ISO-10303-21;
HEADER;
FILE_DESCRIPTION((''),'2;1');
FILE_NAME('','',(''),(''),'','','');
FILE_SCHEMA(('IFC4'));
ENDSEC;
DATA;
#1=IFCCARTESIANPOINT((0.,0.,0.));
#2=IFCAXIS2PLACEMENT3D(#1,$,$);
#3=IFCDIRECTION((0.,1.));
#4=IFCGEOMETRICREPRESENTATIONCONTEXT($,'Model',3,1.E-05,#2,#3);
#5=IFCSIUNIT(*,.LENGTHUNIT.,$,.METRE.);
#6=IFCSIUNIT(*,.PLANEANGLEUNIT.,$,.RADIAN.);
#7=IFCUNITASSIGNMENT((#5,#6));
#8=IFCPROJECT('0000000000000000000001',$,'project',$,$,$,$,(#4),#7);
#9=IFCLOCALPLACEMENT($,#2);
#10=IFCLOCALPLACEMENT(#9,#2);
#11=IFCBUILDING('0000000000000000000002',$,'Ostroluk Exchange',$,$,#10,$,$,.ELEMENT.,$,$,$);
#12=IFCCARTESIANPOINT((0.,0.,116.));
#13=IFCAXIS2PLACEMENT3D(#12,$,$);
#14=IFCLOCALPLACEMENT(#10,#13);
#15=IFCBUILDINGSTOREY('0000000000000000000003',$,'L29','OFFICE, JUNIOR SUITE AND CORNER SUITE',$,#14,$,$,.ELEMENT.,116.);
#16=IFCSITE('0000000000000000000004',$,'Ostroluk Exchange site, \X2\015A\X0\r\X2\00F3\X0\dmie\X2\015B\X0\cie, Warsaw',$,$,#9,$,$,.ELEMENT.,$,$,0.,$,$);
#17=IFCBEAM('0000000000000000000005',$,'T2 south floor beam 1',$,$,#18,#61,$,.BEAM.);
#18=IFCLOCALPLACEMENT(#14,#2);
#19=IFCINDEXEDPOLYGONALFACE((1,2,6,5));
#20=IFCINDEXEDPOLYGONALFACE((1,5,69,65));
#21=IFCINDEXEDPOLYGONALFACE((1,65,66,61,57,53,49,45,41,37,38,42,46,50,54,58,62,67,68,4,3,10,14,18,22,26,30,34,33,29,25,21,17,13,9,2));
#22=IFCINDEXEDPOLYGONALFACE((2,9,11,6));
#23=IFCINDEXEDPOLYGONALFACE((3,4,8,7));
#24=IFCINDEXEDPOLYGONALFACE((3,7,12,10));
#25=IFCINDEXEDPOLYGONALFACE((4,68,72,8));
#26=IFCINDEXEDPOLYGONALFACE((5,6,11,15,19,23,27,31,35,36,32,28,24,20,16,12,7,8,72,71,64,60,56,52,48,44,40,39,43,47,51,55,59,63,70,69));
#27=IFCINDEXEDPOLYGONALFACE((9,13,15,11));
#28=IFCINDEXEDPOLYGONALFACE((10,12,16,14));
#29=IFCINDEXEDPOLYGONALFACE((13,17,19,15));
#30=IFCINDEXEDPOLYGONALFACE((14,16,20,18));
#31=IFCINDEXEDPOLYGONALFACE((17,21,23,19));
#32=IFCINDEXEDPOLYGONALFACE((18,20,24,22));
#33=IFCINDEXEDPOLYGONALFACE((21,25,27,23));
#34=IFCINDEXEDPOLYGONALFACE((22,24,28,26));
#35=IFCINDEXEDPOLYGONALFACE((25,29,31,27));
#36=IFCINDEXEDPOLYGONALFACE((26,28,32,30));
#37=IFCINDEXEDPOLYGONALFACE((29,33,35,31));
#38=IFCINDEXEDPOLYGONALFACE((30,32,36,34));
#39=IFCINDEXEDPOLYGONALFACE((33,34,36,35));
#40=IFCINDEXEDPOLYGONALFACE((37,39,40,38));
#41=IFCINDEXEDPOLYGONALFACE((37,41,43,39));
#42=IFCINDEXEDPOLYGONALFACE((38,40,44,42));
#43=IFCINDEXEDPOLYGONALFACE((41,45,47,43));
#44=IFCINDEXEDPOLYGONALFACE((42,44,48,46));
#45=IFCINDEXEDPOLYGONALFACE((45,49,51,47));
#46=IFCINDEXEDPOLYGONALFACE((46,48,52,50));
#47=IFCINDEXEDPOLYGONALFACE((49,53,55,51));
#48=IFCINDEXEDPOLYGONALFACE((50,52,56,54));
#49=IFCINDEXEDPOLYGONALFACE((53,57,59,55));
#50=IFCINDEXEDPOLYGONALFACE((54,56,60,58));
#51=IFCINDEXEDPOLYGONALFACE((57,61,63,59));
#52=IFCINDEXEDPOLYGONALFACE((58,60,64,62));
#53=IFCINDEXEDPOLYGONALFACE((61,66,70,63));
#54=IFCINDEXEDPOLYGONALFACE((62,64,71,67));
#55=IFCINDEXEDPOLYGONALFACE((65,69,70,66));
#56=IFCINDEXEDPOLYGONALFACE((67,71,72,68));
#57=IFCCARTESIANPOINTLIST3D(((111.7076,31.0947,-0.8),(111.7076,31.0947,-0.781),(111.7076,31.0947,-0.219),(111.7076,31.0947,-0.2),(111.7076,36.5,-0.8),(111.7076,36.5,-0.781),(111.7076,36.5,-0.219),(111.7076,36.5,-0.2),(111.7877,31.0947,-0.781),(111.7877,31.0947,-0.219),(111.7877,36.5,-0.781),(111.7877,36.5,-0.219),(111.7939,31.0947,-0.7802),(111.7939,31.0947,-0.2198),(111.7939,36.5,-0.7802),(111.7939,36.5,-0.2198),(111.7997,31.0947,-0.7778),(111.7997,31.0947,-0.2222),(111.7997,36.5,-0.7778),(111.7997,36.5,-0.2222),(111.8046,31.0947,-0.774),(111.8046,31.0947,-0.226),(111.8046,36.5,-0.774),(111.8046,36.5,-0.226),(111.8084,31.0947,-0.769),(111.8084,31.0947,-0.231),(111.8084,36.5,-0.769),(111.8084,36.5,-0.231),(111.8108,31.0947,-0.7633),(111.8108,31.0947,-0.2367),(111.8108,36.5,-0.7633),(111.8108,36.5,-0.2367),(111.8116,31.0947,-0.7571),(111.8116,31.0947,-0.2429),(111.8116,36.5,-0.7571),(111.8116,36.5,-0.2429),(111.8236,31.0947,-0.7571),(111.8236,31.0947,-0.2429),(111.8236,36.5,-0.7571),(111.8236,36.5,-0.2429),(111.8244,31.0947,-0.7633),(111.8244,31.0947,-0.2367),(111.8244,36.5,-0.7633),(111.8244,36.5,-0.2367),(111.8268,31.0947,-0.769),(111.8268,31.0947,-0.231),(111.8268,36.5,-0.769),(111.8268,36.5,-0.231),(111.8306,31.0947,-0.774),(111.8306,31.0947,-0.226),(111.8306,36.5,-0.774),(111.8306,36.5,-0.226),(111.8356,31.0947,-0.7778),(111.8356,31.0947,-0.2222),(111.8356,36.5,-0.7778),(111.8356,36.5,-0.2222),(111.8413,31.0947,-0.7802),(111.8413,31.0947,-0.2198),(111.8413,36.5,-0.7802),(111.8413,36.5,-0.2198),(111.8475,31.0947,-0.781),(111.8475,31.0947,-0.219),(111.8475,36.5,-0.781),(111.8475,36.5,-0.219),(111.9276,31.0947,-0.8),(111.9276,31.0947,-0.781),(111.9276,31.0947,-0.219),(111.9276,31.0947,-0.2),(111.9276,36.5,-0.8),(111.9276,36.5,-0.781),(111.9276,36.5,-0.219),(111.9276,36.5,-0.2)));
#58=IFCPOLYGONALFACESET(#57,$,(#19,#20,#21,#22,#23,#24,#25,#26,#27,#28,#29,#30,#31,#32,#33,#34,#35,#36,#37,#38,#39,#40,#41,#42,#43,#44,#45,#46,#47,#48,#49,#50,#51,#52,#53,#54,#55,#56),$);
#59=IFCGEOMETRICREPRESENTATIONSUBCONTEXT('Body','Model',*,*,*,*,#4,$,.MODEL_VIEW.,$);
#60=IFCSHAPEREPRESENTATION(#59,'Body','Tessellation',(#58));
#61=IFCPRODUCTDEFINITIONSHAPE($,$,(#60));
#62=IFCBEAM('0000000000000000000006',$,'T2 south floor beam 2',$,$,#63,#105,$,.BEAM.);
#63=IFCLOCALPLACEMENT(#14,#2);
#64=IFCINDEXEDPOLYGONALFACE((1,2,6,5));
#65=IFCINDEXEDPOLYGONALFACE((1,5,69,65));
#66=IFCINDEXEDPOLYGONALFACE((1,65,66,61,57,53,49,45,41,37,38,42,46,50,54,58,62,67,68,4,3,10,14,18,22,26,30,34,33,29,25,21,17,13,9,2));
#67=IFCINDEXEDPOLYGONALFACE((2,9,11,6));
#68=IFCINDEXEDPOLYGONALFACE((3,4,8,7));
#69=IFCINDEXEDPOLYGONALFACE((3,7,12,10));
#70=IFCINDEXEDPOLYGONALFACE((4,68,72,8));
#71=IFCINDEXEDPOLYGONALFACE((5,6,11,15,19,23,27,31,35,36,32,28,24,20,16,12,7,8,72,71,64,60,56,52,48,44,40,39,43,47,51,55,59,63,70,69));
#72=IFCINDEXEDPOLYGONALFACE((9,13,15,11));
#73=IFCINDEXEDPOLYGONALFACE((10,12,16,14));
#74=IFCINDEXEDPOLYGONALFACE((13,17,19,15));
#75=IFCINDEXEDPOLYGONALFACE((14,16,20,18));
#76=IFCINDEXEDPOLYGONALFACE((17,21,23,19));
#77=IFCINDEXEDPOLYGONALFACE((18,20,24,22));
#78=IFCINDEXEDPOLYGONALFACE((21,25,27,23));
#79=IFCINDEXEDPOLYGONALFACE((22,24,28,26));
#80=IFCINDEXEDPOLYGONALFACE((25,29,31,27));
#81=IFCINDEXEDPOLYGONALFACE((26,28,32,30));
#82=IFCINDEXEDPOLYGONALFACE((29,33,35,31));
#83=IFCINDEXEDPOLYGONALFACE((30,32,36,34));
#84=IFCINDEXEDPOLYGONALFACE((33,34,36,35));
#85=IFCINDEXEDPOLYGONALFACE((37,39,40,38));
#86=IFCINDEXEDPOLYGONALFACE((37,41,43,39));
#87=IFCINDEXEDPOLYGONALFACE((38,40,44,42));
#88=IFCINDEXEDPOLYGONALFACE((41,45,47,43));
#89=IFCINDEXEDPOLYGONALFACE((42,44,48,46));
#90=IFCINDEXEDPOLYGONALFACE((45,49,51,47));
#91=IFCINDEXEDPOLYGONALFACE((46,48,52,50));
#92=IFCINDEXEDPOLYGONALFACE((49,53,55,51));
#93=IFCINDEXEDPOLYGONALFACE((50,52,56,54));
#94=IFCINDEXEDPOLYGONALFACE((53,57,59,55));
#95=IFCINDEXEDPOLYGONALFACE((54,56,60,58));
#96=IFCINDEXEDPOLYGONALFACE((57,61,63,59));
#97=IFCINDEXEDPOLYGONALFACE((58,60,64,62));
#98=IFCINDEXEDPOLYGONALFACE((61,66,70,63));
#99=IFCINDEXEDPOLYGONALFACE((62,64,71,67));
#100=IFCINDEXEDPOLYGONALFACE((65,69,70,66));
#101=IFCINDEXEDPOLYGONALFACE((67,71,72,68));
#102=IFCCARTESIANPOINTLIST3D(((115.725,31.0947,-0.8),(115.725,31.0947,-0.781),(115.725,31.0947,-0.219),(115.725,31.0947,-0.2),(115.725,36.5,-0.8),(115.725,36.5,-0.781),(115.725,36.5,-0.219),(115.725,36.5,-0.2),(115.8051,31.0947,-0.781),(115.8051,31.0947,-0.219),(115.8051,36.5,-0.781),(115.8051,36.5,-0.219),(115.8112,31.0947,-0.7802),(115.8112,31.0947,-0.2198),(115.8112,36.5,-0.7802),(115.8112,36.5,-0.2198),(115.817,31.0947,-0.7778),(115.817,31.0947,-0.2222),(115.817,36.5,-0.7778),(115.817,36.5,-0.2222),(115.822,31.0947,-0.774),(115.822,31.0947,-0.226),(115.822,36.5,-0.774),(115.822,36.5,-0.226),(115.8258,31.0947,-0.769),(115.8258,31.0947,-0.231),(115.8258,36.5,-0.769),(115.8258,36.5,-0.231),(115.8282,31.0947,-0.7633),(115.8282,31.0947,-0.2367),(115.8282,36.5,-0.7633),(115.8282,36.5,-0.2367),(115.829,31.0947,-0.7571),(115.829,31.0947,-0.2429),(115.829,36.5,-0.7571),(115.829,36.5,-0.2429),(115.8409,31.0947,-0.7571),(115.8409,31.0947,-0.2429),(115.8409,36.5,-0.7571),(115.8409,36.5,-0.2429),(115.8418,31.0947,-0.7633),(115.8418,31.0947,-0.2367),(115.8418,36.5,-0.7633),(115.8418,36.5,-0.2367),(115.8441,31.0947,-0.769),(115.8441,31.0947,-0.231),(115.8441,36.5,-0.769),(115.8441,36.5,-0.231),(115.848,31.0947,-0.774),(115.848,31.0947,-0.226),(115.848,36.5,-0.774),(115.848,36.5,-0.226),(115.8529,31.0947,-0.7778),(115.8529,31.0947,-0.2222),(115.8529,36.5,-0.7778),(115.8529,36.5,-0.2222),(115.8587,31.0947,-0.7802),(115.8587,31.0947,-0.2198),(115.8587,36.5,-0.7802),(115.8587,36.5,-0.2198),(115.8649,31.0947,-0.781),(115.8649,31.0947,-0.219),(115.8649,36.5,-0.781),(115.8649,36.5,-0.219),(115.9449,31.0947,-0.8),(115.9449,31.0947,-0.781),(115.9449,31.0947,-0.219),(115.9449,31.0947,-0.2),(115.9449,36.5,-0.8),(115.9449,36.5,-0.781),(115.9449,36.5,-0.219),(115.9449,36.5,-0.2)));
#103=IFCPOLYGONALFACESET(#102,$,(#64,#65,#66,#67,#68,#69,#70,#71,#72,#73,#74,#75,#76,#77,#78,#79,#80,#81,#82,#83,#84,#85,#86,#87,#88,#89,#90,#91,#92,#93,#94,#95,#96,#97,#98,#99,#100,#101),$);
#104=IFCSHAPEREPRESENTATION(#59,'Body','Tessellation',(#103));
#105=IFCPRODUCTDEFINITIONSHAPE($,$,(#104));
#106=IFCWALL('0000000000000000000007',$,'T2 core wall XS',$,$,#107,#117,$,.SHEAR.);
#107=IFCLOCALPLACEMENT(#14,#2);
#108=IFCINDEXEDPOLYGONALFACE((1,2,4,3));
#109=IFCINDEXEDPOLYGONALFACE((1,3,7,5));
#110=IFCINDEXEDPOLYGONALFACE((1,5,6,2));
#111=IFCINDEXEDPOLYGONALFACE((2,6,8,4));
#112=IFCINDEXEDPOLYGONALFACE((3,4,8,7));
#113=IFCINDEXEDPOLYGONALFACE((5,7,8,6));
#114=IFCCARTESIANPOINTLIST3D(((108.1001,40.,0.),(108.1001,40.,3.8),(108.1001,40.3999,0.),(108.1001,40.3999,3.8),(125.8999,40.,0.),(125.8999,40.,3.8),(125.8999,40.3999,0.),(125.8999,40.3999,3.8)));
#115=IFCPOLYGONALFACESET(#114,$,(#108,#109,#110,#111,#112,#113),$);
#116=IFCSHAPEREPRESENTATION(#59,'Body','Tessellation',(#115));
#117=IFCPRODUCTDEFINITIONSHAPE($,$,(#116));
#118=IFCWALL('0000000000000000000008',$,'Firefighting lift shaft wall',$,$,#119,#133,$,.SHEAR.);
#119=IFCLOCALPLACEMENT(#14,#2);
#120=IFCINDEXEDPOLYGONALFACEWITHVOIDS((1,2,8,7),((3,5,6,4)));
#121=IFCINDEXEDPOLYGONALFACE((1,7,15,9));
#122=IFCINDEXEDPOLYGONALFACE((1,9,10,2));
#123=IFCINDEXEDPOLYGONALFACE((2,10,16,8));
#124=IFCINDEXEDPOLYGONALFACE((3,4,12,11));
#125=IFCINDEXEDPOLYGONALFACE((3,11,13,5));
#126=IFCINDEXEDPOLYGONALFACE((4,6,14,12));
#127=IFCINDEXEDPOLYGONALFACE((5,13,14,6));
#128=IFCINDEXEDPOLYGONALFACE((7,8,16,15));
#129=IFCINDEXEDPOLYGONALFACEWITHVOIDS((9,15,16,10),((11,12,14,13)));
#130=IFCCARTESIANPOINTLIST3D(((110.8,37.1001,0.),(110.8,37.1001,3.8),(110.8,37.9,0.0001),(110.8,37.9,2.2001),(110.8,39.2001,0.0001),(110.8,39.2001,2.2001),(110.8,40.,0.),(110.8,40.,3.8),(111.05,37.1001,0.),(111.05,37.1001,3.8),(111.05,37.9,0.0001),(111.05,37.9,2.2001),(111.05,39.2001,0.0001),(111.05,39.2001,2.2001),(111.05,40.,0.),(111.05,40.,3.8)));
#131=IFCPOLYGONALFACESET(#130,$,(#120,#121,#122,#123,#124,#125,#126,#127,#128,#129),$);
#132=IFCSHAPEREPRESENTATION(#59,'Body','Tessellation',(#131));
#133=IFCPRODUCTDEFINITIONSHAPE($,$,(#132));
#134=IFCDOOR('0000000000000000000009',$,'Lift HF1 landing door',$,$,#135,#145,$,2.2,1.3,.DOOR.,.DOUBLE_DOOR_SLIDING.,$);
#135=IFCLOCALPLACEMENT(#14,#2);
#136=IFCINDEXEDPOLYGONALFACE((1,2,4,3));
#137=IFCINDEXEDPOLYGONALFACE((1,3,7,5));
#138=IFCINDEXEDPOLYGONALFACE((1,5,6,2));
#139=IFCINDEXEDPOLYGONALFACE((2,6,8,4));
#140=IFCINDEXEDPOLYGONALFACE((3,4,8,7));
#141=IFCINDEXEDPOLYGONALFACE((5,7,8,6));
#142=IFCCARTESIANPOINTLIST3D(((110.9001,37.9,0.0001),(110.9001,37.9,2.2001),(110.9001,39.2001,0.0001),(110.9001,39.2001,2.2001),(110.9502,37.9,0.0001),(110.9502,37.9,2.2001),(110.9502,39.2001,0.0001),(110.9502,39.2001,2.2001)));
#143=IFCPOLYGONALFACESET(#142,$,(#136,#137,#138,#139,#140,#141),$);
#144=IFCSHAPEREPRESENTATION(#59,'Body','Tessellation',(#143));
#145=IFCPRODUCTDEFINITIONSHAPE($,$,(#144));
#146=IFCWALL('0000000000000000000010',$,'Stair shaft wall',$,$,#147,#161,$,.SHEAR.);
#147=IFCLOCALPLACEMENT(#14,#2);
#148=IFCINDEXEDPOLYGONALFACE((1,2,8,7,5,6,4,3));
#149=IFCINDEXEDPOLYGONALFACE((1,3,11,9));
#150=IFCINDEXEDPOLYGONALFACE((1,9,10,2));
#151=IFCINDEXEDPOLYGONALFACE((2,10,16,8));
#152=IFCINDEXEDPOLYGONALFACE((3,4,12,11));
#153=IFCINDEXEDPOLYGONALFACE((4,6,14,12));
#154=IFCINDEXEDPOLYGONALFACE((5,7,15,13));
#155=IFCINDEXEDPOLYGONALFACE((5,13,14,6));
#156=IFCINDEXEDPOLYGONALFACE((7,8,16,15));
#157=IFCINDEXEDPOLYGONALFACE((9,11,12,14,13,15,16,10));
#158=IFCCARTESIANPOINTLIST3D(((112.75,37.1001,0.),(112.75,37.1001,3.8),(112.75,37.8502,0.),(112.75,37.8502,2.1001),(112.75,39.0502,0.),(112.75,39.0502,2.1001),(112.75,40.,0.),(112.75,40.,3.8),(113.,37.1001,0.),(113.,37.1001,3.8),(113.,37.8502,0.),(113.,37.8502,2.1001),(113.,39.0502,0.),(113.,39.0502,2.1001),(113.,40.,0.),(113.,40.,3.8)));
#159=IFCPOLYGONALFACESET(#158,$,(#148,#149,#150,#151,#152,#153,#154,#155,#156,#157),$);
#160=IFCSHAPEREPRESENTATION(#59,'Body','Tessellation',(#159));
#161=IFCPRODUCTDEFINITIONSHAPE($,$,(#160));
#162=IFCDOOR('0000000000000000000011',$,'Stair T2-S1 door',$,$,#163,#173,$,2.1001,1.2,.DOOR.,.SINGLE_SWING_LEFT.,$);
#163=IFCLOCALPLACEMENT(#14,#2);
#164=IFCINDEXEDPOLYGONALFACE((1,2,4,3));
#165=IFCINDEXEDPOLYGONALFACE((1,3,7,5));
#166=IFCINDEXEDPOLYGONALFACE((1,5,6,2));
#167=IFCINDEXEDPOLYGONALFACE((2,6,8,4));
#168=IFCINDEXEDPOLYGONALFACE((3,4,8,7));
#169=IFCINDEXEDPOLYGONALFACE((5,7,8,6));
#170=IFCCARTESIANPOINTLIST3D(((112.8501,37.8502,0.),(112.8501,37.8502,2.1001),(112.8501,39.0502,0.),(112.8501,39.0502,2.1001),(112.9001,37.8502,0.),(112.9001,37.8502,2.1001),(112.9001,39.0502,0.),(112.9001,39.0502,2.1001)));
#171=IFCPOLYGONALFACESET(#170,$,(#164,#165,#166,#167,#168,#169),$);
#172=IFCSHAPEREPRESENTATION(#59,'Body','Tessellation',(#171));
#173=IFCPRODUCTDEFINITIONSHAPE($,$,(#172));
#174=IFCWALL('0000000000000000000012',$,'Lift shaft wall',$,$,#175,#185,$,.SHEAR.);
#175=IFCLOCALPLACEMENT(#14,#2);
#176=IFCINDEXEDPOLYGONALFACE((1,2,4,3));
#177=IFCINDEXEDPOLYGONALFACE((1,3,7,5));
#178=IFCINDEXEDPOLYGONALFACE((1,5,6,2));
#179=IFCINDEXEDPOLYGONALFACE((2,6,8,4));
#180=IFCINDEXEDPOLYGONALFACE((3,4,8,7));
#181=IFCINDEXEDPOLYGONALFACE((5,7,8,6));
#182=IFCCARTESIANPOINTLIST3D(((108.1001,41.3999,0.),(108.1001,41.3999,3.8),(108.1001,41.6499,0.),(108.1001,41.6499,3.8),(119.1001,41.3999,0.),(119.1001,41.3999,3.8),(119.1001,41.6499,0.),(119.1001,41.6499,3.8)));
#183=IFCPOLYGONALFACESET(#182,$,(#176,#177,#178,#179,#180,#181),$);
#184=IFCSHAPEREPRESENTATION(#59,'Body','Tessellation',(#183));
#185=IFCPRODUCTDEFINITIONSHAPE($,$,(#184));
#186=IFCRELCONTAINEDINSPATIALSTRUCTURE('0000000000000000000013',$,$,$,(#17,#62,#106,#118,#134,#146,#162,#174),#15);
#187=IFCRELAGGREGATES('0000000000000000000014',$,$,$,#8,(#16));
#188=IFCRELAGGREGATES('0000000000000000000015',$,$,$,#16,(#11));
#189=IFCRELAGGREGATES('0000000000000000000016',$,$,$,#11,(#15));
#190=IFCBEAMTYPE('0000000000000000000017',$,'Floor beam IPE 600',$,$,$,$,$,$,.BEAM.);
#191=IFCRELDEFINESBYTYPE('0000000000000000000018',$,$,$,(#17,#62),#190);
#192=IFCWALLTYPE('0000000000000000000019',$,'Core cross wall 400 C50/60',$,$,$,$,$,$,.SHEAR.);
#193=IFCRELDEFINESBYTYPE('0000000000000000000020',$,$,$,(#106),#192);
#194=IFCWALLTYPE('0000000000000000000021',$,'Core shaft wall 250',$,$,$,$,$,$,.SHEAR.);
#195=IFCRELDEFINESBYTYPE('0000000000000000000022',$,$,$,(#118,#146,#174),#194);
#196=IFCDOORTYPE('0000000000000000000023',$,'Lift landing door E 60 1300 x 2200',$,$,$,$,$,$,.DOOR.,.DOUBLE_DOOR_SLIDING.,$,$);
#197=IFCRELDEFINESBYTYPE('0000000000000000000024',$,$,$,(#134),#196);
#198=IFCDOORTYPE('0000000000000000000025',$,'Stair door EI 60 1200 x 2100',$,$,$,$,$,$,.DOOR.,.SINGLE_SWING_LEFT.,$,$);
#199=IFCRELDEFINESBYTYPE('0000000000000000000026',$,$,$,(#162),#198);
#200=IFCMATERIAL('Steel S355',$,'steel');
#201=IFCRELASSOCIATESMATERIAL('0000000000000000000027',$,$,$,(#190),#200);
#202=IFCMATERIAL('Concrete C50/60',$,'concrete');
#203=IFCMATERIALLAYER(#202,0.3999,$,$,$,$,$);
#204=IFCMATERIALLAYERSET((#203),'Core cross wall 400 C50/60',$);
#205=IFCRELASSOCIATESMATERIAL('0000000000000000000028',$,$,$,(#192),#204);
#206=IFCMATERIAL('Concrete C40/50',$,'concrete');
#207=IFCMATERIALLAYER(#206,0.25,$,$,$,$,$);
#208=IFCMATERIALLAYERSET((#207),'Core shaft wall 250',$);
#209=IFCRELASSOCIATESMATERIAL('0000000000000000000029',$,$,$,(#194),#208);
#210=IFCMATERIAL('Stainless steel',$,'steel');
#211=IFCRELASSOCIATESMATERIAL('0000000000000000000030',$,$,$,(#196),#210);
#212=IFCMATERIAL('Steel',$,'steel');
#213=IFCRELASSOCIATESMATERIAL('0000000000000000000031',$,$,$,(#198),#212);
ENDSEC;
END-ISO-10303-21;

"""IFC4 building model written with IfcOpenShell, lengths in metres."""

from ifc_helpers import new_model, si_unit, direction, frame, frame_2d, origin, origin_2d, place, context, subcontext, project, spatial, rectangle, i_section, extrude, material, layer, layer_set, material_profile, profile_set, type_object, element, fill, save


model = new_model("IFC4")

# Units and contexts
model_context = context("Model", 3, precision=1e-05, world=origin(), true_north=direction((0.0, 1.0)))
body_context = subcontext(model_context, "Body", "Model", "MODEL_VIEW")
ifc_project = project(units=[si_unit("LENGTHUNIT", "METRE"), si_unit("PLANEANGLEUNIT", "RADIAN")], contexts=[model_context])

# Site, building, storey
site_placement = place(None, origin())
site = spatial("IfcSite", under=ifc_project, at=site_placement, Name="Ostroluk Exchange site, Śródmieście, Warsaw", CompositionType="ELEMENT", RefElevation=0.0)
building_placement = place(site_placement, origin())
building = spatial("IfcBuilding", under=site, at=building_placement, Name="Ostroluk Exchange", CompositionType="ELEMENT")
storey_placement = place(building_placement, frame((0.0, 0.0, 116.0)))
storey = spatial("IfcBuildingStorey", under=building, at=storey_placement, Name="L29", Description="OFFICE, JUNIOR SUITE AND CORNER SUITE", CompositionType="ELEMENT", Elevation=116.0)

# Beams
ifc_material_1 = material(Name="Steel S355", Category="steel")
ifc_material_profile = material_profile(ifc_material_1, i_section(OverallWidth=0.22, OverallDepth=0.6001, WebThickness=0.012, FlangeThickness=0.019, FilletRadius=0.0239, at=origin_2d()), Name="IPE 600")
ifc_profile_set = profile_set([ifc_material_profile], Name="Steel S355")
beam_type = type_object("IfcBeamType", Name="Floor beam IPE 600", PredefinedType="BEAM", material=ifc_profile_set)
for number, where, z_axis, x_axis, name in (
    (1, (111.8176, 36.5, -0.5), (0.0, -1.0, 0.0), (1.0, 0.0, 0.0), "T2 south floor beam 1"),
    (2, (115.835, 36.5, -0.5), (0.0, -1.0, 0.0), (1.0, 0.0, 0.0), "T2 south floor beam 2"),
):
    element("IfcBeam", number, at=place(storey_placement, frame(where, z_axis=z_axis, x_axis=x_axis)), inside=storey, type_object=beam_type, Name=name, PredefinedType="BEAM", context=body_context, shape_type="SweptSolid", body=[
        extrude(i_section(OverallWidth=0.22, OverallDepth=0.6001, WebThickness=0.012, FlangeThickness=0.019, FilletRadius=0.0239, at=origin_2d()), origin(), (0.0, 0.0, 1.0), 5.4053),
    ])

# Wall
ifc_material_2 = material(Name="Concrete C50/60", Category="concrete")
ifc_layer_1 = layer(ifc_material_2, 0.3999)
ifc_layer_set_1 = layer_set([ifc_layer_1], Name="Core cross wall 400 C50/60")
wall_type_1 = type_object("IfcWallType", Name="Core cross wall 400 C50/60", PredefinedType="SHEAR", material=ifc_layer_set_1)
wall_1_placement = place(storey_placement, frame((108.1001, 40.2, 0.0), z_axis=(0.0, 0.0, 1.0), x_axis=(1.0, 0.0, 0.0)))
element("IfcWall", 3, at=wall_1_placement, inside=storey, type_object=wall_type_1, Name="T2 core wall XS", PredefinedType="SHEAR", context=body_context, shape_type="SweptSolid", body=[
    extrude(rectangle(XDim=17.7998, YDim=0.3999, at=frame_2d((8.8999, 0.0))), origin(), (0.0, 0.0, 1.0), 3.8),
])

# Walls, openings, doors
ifc_material_3 = material(Name="Concrete C40/50", Category="concrete")
ifc_layer_2 = layer(ifc_material_3, 0.25)
ifc_layer_set_2 = layer_set([ifc_layer_2], Name="Core shaft wall 250")
wall_type_2 = type_object("IfcWallType", Name="Core shaft wall 250", PredefinedType="SHEAR", material=ifc_layer_set_2)
wall_2_placement = place(storey_placement, frame((110.925, 37.1001, 0.0), z_axis=(0.0, 0.0, 1.0), x_axis=(0.0, 1.0, 0.0)))
wall_2 = element("IfcWall", 4, at=wall_2_placement, inside=storey, type_object=wall_type_2, Name="Firefighting lift shaft wall", PredefinedType="SHEAR", context=body_context, shape_type="SweptSolid", body=[
    extrude(rectangle(XDim=2.8999, YDim=0.25, at=frame_2d((1.45, 0.0))), origin(), (0.0, 0.0, 1.0), 3.8),
])
opening_1_placement = place(wall_2_placement, frame((0.8, 0.0, 0.0)))
opening_1 = element("IfcOpeningElement", 5, at=opening_1_placement, cuts=wall_2, PredefinedType="OPENING", context=body_context, shape_type="SweptSolid", body=[
    extrude(rectangle(XDim=1.3, YDim=2.2, at=frame_2d((0.6499, 1.1001))), frame((0.0, 0.135, 0.0), z_axis=(0.0, -1.0, 0.0), x_axis=(1.0, 0.0, 0.0)), (0.0, 0.0, 1.0), 0.27),
])
ifc_material_4 = material(Name="Stainless steel", Category="steel")
door_type_1 = type_object("IfcDoorType", Name="Lift landing door E 60 1300 x 2200", OperationType="DOUBLE_DOOR_SLIDING", PredefinedType="DOOR", material=ifc_material_4)
door_1_placement = place(opening_1_placement, origin())
door_1 = element("IfcDoor", 6, at=door_1_placement, inside=storey, type_object=door_type_1, Name="Lift HF1 landing door", OperationType="DOUBLE_DOOR_SLIDING", OverallHeight=2.2, OverallWidth=1.3, PredefinedType="DOOR", context=body_context, shape_type="SweptSolid", body=[
    extrude(rectangle(XDim=1.3, YDim=2.2, at=frame_2d((0.6499, 1.1001))), frame((0.0, 0.0249, 0.0), z_axis=(0.0, -1.0, 0.0), x_axis=(1.0, 0.0, 0.0)), (0.0, 0.0, 1.0), 0.05),
])
fill(opening_1, door_1)
wall_3_placement = place(storey_placement, frame((112.875, 37.1001, 0.0), z_axis=(0.0, 0.0, 1.0), x_axis=(0.0, 1.0, 0.0)))
wall_3 = element("IfcWall", 7, at=wall_3_placement, inside=storey, type_object=wall_type_2, Name="Stair shaft wall", PredefinedType="SHEAR", context=body_context, shape_type="SweptSolid", body=[
    extrude(rectangle(XDim=2.8999, YDim=0.25, at=frame_2d((1.45, 0.0))), origin(), (0.0, 0.0, 1.0), 3.8),
])
opening_2_placement = place(wall_3_placement, frame((0.75, 0.0, 0.0)))
opening_2 = element("IfcOpeningElement", 8, at=opening_2_placement, cuts=wall_3, PredefinedType="OPENING", context=body_context, shape_type="SweptSolid", body=[
    extrude(rectangle(XDim=1.2, YDim=2.1001, at=frame_2d((0.6001, 1.05))), frame((0.0, 0.135, 0.0), z_axis=(0.0, -1.0, 0.0), x_axis=(1.0, 0.0, 0.0)), (0.0, 0.0, 1.0), 0.27),
])
ifc_material_5 = material(Name="Steel", Category="steel")
door_type_2 = type_object("IfcDoorType", Name="Stair door EI 60 1200 x 2100", OperationType="SINGLE_SWING_LEFT", PredefinedType="DOOR", material=ifc_material_5)
door_2_placement = place(opening_2_placement, origin())
door_2 = element("IfcDoor", 9, at=door_2_placement, inside=storey, type_object=door_type_2, Name="Stair T2-S1 door", OperationType="SINGLE_SWING_LEFT", OverallHeight=2.1001, OverallWidth=1.2, PredefinedType="DOOR", context=body_context, shape_type="SweptSolid", body=[
    extrude(rectangle(XDim=1.2, YDim=2.1001, at=frame_2d((0.6001, 1.05))), frame((0.0, 0.0249, 0.0), z_axis=(0.0, -1.0, 0.0), x_axis=(1.0, 0.0, 0.0)), (0.0, 0.0, 1.0), 0.05),
])
fill(opening_2, door_2)

# Wall
wall_4_placement = place(storey_placement, frame((108.1001, 41.5249, 0.0), z_axis=(0.0, 0.0, 1.0), x_axis=(1.0, 0.0, 0.0)))
element("IfcWall", 10, at=wall_4_placement, inside=storey, type_object=wall_type_2, Name="Lift shaft wall", PredefinedType="SHEAR", context=body_context, shape_type="SweptSolid", body=[
    extrude(rectangle(XDim=11.0, YDim=0.25, at=frame_2d((5.5, 0.0))), origin(), (0.0, 0.0, 1.0), 3.8),
])

save(model, "model.ifc")
